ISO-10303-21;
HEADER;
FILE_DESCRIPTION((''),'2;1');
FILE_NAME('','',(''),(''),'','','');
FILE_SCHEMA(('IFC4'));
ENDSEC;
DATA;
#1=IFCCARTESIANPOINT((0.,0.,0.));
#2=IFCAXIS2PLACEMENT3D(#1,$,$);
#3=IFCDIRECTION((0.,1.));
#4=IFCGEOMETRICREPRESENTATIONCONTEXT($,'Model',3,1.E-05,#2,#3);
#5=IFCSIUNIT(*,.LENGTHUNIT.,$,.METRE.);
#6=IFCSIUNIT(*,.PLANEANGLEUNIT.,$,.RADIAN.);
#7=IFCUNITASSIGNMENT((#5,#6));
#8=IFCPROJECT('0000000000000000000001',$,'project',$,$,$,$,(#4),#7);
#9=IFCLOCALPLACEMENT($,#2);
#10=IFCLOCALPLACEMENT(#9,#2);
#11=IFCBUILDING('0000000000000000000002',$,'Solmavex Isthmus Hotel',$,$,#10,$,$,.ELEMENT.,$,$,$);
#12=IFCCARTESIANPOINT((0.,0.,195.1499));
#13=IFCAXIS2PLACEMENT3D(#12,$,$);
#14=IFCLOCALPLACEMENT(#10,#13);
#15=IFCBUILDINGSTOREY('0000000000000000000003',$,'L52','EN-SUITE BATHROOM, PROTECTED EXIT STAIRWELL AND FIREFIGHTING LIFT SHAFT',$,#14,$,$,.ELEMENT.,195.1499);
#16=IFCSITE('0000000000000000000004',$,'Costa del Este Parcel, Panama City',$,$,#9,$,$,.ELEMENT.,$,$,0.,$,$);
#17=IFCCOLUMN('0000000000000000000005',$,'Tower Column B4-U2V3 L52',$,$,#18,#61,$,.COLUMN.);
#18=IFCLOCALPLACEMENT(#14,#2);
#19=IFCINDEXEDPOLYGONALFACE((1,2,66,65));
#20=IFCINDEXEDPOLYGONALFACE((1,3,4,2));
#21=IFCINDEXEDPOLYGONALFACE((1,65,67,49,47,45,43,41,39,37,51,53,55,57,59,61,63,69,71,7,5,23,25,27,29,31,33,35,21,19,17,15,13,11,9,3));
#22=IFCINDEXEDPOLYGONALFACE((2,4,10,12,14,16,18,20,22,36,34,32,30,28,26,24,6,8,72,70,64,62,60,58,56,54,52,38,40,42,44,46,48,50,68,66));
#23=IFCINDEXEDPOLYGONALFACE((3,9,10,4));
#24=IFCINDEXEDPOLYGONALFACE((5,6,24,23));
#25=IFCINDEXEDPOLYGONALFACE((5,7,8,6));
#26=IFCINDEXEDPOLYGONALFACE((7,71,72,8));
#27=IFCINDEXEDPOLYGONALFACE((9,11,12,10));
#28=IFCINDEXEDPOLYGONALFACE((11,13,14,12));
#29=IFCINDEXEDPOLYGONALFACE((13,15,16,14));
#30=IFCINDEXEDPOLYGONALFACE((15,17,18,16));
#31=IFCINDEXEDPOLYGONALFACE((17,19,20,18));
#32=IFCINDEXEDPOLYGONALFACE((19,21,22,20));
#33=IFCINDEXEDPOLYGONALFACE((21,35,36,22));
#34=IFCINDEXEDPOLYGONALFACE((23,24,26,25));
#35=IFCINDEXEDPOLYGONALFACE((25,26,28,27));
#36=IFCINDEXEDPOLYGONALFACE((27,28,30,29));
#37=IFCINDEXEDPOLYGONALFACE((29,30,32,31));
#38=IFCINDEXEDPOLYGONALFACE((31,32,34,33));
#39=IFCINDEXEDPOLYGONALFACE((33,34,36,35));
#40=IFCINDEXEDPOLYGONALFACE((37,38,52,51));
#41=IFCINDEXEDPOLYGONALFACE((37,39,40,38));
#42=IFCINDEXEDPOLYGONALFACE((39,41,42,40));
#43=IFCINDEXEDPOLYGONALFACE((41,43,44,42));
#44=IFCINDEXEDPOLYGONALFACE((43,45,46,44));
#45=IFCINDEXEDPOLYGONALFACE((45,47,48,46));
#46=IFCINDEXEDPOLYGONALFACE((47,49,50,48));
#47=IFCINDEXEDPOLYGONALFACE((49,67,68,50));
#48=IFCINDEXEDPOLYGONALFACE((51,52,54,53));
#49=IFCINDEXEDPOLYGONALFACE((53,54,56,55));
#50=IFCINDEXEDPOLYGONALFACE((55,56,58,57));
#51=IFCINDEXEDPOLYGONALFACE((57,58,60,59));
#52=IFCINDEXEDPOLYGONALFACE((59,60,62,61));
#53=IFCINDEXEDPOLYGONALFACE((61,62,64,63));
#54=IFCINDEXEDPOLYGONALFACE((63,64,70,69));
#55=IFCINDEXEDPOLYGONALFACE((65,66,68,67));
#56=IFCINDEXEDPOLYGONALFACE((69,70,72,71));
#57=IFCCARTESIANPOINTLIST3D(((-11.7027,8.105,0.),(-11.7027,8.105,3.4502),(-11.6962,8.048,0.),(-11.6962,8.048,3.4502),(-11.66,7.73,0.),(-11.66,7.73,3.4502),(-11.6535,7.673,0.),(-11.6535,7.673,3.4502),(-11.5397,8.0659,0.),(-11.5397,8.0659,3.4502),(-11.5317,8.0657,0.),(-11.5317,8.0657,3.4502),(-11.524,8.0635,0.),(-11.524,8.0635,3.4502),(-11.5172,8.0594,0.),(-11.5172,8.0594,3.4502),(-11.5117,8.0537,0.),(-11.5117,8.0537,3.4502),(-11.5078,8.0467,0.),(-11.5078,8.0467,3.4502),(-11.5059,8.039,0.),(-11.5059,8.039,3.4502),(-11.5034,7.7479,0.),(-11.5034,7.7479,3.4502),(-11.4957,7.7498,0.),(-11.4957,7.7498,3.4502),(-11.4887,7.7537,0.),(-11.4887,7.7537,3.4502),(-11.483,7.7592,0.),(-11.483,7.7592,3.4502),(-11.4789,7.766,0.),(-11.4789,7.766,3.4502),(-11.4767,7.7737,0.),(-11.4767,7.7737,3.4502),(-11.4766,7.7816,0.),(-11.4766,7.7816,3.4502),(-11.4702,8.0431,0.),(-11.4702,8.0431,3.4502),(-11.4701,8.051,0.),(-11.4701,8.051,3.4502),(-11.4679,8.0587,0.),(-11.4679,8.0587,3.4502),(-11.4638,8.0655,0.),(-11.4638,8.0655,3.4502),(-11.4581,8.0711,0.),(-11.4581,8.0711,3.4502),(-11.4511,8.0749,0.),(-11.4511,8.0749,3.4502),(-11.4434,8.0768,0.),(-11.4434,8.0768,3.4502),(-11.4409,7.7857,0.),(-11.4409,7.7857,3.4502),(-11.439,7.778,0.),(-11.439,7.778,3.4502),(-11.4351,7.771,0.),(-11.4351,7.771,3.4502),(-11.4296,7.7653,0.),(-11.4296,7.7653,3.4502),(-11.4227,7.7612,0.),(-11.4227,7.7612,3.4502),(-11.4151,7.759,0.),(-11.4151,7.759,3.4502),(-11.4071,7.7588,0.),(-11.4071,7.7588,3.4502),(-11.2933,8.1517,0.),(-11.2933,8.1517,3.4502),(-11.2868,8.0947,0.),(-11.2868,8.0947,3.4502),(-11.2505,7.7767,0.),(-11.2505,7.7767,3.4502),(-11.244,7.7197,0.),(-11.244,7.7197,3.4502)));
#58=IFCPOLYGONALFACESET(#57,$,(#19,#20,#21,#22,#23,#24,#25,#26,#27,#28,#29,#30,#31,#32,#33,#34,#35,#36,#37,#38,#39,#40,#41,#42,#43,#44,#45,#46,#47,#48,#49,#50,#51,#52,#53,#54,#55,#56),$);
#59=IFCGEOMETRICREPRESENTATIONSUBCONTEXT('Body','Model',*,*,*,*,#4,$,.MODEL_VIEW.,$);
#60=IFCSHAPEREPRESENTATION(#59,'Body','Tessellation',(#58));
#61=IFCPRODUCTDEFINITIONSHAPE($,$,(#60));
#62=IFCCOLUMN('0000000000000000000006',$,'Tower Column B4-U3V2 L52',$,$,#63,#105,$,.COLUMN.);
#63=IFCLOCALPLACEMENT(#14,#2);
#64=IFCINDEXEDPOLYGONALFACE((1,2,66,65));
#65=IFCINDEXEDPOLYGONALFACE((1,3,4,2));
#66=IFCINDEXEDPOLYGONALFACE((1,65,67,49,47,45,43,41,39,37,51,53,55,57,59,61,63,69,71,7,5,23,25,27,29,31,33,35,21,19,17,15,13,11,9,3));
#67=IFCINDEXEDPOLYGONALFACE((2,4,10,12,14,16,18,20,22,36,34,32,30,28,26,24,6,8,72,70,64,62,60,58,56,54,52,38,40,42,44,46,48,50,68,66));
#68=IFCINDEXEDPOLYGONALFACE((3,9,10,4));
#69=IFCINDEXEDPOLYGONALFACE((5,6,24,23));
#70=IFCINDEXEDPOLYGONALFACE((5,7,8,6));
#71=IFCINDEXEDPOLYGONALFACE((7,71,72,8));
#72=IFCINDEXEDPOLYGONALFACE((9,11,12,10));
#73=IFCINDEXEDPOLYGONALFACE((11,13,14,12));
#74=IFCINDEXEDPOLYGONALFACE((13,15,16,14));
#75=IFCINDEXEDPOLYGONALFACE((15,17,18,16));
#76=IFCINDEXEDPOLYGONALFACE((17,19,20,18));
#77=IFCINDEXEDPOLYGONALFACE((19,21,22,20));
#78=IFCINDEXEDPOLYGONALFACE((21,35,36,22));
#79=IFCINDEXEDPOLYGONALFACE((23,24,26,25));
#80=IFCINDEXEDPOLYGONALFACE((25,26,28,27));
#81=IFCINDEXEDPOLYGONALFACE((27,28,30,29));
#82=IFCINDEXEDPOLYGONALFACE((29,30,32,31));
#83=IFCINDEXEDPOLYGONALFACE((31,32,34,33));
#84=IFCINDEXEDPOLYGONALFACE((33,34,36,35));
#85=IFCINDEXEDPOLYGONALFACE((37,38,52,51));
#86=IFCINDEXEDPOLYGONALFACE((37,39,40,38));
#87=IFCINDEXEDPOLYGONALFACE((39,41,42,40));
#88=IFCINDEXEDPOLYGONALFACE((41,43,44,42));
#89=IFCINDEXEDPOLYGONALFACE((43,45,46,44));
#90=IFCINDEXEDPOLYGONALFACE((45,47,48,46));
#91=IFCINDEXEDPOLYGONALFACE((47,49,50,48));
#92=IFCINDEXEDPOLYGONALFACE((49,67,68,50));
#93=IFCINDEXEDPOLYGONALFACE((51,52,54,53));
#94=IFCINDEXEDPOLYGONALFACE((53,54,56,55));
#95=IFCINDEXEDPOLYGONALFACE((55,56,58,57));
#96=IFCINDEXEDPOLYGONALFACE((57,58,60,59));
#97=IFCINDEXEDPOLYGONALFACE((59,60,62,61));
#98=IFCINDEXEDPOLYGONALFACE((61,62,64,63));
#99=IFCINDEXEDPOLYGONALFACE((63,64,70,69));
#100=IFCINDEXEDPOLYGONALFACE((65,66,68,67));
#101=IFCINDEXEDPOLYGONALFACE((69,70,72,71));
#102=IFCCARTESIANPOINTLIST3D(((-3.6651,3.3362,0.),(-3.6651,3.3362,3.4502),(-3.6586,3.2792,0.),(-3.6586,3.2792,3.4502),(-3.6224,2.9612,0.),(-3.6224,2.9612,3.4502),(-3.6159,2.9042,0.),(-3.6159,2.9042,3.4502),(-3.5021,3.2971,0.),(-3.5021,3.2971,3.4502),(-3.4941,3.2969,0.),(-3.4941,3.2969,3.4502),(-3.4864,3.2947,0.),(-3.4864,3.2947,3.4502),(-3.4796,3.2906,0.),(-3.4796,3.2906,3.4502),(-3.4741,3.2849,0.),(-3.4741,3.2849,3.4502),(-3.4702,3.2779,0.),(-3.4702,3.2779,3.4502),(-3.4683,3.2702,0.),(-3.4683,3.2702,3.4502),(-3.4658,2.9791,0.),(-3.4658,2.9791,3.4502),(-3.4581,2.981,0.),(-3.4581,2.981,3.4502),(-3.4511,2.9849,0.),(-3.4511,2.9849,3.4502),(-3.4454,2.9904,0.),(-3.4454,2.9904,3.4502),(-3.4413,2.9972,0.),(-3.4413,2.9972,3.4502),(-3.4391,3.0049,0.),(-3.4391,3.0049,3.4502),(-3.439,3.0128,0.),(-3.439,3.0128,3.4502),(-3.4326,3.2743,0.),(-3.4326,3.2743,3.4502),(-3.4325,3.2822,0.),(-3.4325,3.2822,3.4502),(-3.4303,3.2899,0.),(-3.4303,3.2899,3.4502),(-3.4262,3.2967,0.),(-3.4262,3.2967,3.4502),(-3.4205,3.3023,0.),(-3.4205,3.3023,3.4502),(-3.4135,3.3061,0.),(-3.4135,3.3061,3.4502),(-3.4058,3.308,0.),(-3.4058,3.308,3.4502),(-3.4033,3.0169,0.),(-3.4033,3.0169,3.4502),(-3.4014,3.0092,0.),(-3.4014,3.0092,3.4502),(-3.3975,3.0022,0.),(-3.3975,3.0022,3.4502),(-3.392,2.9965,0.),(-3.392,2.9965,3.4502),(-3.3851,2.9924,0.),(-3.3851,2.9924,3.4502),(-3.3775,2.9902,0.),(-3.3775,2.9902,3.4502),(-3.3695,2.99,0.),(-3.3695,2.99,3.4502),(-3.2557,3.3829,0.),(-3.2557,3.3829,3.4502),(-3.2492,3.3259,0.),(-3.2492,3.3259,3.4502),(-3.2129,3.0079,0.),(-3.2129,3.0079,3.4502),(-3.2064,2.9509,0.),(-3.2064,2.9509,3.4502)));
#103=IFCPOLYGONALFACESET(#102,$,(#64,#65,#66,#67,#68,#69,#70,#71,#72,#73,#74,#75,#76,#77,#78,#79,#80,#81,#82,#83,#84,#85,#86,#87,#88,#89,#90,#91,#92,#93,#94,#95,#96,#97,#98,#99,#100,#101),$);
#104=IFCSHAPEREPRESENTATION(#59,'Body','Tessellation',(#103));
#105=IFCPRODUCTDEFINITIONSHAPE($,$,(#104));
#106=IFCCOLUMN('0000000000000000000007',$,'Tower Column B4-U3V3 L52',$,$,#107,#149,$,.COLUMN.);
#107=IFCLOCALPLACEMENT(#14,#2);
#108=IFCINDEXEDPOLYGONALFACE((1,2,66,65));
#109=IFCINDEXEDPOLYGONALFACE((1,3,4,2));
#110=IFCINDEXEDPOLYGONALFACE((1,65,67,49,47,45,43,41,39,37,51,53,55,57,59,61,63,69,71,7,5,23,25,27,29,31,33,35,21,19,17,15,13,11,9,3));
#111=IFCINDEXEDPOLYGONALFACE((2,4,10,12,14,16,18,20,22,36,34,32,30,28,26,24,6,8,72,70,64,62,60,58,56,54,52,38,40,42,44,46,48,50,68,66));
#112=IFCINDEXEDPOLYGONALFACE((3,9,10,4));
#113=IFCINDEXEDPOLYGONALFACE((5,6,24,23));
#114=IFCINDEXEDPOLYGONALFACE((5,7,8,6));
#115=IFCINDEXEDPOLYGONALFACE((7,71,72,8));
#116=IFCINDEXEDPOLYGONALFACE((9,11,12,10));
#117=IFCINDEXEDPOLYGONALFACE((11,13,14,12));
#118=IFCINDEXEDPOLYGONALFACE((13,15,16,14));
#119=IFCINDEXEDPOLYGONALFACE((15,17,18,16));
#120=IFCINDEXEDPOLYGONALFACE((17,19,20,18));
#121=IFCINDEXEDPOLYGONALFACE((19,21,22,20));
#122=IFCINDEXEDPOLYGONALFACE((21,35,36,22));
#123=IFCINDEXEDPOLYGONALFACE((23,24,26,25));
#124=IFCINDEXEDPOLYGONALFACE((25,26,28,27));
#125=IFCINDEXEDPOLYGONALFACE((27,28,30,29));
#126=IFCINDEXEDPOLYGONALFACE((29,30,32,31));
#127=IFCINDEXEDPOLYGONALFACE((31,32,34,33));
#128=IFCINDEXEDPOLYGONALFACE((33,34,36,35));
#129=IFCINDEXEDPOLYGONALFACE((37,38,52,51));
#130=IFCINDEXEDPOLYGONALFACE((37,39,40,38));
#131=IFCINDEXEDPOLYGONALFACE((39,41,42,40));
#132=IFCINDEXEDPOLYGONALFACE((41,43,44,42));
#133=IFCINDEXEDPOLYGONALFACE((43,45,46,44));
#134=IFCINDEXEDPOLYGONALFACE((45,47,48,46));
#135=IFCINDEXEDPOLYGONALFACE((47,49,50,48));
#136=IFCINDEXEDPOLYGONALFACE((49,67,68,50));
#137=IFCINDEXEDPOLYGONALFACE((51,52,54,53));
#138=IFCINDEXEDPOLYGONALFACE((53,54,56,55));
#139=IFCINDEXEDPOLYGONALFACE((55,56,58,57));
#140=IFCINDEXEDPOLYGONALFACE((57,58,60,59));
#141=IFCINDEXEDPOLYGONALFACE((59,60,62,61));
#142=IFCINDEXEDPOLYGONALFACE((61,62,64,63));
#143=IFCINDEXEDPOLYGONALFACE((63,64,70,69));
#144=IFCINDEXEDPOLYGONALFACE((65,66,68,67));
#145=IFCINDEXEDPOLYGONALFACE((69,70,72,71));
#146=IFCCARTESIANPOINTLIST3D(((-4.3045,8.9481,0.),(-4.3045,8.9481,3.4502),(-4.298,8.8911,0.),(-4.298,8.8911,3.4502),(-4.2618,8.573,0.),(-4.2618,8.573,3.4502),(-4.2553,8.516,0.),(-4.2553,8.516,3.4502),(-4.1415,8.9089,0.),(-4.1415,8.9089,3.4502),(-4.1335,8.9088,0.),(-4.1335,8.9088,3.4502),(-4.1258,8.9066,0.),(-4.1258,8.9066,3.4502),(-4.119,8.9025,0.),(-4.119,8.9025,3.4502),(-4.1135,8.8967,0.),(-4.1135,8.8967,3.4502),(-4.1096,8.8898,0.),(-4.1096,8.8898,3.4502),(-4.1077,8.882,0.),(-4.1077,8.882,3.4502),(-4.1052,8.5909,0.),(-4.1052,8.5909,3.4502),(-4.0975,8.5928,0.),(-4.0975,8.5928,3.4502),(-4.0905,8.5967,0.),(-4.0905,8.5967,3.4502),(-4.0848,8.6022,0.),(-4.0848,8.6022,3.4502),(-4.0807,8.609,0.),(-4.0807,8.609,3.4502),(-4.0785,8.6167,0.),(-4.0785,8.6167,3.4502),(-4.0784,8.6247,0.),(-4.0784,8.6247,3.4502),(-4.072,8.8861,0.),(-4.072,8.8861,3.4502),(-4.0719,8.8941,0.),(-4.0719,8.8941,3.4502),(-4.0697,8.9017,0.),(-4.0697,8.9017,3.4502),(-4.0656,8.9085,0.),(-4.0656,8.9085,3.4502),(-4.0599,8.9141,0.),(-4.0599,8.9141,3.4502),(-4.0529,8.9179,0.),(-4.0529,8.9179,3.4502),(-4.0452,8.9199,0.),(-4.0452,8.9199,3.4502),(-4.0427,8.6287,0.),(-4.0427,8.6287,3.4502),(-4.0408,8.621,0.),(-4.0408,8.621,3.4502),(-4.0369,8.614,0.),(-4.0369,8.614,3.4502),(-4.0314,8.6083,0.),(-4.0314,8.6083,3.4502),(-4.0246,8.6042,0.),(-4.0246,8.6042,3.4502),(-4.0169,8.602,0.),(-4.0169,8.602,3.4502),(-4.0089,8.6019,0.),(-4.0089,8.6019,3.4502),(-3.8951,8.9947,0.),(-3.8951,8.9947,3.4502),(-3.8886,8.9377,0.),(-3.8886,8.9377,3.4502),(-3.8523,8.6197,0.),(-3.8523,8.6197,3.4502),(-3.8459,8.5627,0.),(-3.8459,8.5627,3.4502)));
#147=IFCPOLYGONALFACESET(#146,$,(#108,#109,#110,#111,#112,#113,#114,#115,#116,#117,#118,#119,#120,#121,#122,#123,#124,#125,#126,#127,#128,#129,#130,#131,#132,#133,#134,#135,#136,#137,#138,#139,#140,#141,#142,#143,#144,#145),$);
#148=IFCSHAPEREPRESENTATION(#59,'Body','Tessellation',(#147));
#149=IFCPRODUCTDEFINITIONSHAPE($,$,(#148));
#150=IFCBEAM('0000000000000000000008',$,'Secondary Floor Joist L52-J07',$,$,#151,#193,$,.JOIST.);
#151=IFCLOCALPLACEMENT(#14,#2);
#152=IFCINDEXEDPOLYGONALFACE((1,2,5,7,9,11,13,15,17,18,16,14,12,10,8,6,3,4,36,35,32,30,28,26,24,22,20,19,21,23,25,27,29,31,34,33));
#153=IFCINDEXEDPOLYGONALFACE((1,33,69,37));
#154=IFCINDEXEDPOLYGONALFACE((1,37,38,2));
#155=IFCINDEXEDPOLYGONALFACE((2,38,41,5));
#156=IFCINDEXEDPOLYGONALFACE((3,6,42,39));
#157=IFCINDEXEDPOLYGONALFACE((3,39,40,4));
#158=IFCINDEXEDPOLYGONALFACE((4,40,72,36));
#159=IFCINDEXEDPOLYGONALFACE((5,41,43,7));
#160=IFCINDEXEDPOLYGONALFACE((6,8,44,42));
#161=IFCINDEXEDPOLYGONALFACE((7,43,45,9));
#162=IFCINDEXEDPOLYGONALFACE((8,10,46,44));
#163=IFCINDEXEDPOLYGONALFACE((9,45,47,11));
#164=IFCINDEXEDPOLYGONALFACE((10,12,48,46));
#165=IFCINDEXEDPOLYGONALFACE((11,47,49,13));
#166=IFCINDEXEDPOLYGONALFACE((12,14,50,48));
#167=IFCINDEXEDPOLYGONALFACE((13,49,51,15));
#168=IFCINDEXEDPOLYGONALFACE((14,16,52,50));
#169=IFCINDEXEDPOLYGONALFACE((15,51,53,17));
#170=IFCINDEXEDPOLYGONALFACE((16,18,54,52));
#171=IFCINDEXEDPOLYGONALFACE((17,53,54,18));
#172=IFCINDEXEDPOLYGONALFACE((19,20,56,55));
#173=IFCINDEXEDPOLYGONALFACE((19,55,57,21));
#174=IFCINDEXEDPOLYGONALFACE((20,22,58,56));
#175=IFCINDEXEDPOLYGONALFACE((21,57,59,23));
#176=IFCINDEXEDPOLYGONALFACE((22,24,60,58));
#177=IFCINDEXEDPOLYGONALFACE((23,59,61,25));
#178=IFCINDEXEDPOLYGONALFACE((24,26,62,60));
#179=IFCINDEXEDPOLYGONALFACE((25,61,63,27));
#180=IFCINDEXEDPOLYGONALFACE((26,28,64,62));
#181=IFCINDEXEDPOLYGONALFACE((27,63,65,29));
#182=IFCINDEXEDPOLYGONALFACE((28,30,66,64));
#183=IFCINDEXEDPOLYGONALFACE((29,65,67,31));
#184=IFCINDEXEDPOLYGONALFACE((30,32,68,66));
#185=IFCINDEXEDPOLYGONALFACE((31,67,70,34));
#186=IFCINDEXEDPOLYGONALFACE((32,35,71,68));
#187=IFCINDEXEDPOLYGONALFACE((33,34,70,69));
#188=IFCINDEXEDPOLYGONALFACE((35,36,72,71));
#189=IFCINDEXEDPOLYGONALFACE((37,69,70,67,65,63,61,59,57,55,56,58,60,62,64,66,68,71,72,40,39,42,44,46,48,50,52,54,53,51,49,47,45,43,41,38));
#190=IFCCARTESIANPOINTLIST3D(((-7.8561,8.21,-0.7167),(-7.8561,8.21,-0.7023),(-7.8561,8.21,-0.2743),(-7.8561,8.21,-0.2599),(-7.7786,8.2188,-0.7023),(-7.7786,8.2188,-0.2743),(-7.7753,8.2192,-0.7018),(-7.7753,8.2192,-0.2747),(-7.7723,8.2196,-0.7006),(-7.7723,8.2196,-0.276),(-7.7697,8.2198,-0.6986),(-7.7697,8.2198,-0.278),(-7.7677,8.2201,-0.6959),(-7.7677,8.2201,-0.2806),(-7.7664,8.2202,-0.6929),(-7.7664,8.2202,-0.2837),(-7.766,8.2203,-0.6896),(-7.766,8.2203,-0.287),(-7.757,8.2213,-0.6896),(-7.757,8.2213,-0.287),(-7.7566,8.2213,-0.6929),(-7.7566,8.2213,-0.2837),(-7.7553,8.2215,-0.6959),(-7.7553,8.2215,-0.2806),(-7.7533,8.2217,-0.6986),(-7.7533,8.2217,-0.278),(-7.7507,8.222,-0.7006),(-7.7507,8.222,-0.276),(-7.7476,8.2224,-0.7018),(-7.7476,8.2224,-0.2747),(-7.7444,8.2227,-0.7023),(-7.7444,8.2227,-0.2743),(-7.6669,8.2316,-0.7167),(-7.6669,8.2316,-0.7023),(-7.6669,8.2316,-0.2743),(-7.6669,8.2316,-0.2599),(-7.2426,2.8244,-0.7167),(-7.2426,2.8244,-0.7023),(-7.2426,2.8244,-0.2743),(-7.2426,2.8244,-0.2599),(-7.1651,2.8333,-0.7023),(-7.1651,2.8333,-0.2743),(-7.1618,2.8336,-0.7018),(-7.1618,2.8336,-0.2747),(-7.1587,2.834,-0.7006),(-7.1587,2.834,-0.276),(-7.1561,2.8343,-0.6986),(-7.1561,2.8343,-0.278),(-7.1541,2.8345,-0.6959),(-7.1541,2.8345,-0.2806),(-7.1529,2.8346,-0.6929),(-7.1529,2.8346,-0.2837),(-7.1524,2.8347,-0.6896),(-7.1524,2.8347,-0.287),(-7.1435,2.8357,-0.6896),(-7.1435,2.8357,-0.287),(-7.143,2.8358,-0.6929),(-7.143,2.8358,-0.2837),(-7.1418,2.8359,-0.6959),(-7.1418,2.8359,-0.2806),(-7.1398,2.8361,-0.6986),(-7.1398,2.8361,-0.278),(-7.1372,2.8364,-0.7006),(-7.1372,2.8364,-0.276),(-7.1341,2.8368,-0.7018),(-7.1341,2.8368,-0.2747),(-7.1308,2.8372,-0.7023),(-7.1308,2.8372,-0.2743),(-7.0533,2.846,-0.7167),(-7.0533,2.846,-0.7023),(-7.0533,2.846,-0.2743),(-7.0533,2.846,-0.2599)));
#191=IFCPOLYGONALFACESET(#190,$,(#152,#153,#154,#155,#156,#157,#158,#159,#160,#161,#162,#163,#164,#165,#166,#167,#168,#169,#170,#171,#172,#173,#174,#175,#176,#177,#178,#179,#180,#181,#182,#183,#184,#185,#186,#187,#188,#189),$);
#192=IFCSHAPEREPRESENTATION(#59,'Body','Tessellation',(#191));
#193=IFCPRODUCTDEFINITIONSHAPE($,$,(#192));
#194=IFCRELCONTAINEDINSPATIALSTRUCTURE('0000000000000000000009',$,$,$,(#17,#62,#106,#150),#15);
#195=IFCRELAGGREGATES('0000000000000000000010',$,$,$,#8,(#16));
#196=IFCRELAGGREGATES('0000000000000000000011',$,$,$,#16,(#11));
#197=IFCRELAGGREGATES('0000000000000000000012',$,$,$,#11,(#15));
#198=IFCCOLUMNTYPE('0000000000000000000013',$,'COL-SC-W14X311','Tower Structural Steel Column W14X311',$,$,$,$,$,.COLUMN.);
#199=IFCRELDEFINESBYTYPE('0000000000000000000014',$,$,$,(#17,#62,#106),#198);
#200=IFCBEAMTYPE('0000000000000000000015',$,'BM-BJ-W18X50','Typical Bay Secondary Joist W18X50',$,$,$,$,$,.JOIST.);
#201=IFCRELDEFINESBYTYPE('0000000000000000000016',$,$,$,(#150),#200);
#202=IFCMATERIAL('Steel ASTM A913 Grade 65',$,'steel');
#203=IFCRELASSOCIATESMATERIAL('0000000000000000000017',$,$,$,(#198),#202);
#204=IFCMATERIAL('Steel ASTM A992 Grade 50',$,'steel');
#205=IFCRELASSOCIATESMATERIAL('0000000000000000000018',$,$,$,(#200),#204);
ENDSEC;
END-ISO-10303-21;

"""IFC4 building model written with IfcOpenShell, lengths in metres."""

from ifc_helpers import new_model, si_unit, direction, frame, origin, origin_2d, place, context, subcontext, project, spatial, i_section, extrude, material, material_profile, profile_set, type_object, element, save


model = new_model("IFC4")

# Units and contexts
model_context = context("Model", 3, precision=1e-05, world=origin(), true_north=direction((0.0, 1.0)))
body_context = subcontext(model_context, "Body", "Model", "MODEL_VIEW")
ifc_project = project(units=[si_unit("LENGTHUNIT", "METRE"), si_unit("PLANEANGLEUNIT", "RADIAN")], contexts=[model_context])

# Site, building, storey
site_placement = place(None, origin())
site = spatial("IfcSite", under=ifc_project, at=site_placement, Name="Costa del Este Parcel, Panama City", CompositionType="ELEMENT", RefElevation=0.0)
building_placement = place(site_placement, origin())
building = spatial("IfcBuilding", under=site, at=building_placement, Name="Solmavex Isthmus Hotel", CompositionType="ELEMENT")
storey_placement = place(building_placement, frame((0.0, 0.0, 195.1499)))
storey = spatial("IfcBuildingStorey", under=building, at=storey_placement, Name="L52", Description="EN-SUITE BATHROOM, PROTECTED EXIT STAIRWELL AND FIREFIGHTING LIFT SHAFT", CompositionType="ELEMENT", Elevation=195.1499)

# Columns
ifc_material_1 = material(Name="Steel ASTM A913 Grade 65", Category="steel")
ifc_material_profile_1 = material_profile(ifc_material_1, i_section(OverallWidth=0.4121, OverallDepth=0.4348, WebThickness=0.0359, FlangeThickness=0.0574, FilletRadius=0.0305, at=origin_2d()), Name="W14X311")
ifc_profile_set_1 = profile_set([ifc_material_profile_1], Name="Steel ASTM A913 Grade 65")
column_type = type_object("IfcColumnType", Name="COL-SC-W14X311", Description="Tower Structural Steel Column W14X311", PredefinedType="COLUMN", material=ifc_profile_set_1)
for number, where, z_axis, x_axis, name in (
    (1, (-11.4734, 7.9124, 0.0), (0.0, 0.0, 1.0), (0.993572, 0.113203, 0.0), "Tower Column B4-U2V3 L52"),
    (2, (-3.4358, 3.1436, 0.0), (0.0, 0.0, 1.0), (0.993572, 0.113203, 0.0), "Tower Column B4-U3V2 L52"),
    (3, (-4.0752, 8.7554, 0.0), (0.0, 0.0, 1.0), (0.993572, 0.113203, 0.0), "Tower Column B4-U3V3 L52"),
):
    element("IfcColumn", number, at=place(storey_placement, frame(where, z_axis=z_axis, x_axis=x_axis)), inside=storey, type_object=column_type, Name=name, PredefinedType="COLUMN", context=body_context, shape_type="SweptSolid", body=[
        extrude(i_section(OverallWidth=0.4121, OverallDepth=0.4348, WebThickness=0.0359, FlangeThickness=0.0574, FilletRadius=0.0305, at=origin_2d()), origin(), (0.0, 0.0, 1.0), 3.4502),
    ])

# Beam
ifc_material_2 = material(Name="Steel ASTM A992 Grade 50", Category="steel")
ifc_material_profile_2 = material_profile(ifc_material_2, i_section(OverallWidth=0.1904, OverallDepth=0.4568, WebThickness=0.009, FlangeThickness=0.0144, FilletRadius=0.0127, at=origin_2d()), Name="W18X50")
ifc_profile_set_2 = profile_set([ifc_material_profile_2], Name="Steel ASTM A992 Grade 50")
beam_type_1 = type_object("IfcBeamType", Name="BM-BJ-W18X50", Description="Typical Bay Secondary Joist W18X50", PredefinedType="JOIST", material=ifc_profile_set_2)
beam_1_placement = place(storey_placement, frame((-7.1479, 2.8352, -0.4883), z_axis=(-0.11319, 0.993573, 0.0), x_axis=(-0.993573, -0.11319, 0.0)))
element("IfcBeam", 4, at=beam_1_placement, inside=storey, type_object=beam_type_1, Name="Secondary Floor Joist L52-J07", PredefinedType="JOIST", context=body_context, shape_type="SweptSolid", body=[
    extrude(i_section(OverallWidth=0.1904, OverallDepth=0.4568, WebThickness=0.009, FlangeThickness=0.0144, FilletRadius=0.0127, at=origin_2d()), origin(), (0.0, 0.0, 1.0), 5.4204),
])

save(model, "model.ifc")
